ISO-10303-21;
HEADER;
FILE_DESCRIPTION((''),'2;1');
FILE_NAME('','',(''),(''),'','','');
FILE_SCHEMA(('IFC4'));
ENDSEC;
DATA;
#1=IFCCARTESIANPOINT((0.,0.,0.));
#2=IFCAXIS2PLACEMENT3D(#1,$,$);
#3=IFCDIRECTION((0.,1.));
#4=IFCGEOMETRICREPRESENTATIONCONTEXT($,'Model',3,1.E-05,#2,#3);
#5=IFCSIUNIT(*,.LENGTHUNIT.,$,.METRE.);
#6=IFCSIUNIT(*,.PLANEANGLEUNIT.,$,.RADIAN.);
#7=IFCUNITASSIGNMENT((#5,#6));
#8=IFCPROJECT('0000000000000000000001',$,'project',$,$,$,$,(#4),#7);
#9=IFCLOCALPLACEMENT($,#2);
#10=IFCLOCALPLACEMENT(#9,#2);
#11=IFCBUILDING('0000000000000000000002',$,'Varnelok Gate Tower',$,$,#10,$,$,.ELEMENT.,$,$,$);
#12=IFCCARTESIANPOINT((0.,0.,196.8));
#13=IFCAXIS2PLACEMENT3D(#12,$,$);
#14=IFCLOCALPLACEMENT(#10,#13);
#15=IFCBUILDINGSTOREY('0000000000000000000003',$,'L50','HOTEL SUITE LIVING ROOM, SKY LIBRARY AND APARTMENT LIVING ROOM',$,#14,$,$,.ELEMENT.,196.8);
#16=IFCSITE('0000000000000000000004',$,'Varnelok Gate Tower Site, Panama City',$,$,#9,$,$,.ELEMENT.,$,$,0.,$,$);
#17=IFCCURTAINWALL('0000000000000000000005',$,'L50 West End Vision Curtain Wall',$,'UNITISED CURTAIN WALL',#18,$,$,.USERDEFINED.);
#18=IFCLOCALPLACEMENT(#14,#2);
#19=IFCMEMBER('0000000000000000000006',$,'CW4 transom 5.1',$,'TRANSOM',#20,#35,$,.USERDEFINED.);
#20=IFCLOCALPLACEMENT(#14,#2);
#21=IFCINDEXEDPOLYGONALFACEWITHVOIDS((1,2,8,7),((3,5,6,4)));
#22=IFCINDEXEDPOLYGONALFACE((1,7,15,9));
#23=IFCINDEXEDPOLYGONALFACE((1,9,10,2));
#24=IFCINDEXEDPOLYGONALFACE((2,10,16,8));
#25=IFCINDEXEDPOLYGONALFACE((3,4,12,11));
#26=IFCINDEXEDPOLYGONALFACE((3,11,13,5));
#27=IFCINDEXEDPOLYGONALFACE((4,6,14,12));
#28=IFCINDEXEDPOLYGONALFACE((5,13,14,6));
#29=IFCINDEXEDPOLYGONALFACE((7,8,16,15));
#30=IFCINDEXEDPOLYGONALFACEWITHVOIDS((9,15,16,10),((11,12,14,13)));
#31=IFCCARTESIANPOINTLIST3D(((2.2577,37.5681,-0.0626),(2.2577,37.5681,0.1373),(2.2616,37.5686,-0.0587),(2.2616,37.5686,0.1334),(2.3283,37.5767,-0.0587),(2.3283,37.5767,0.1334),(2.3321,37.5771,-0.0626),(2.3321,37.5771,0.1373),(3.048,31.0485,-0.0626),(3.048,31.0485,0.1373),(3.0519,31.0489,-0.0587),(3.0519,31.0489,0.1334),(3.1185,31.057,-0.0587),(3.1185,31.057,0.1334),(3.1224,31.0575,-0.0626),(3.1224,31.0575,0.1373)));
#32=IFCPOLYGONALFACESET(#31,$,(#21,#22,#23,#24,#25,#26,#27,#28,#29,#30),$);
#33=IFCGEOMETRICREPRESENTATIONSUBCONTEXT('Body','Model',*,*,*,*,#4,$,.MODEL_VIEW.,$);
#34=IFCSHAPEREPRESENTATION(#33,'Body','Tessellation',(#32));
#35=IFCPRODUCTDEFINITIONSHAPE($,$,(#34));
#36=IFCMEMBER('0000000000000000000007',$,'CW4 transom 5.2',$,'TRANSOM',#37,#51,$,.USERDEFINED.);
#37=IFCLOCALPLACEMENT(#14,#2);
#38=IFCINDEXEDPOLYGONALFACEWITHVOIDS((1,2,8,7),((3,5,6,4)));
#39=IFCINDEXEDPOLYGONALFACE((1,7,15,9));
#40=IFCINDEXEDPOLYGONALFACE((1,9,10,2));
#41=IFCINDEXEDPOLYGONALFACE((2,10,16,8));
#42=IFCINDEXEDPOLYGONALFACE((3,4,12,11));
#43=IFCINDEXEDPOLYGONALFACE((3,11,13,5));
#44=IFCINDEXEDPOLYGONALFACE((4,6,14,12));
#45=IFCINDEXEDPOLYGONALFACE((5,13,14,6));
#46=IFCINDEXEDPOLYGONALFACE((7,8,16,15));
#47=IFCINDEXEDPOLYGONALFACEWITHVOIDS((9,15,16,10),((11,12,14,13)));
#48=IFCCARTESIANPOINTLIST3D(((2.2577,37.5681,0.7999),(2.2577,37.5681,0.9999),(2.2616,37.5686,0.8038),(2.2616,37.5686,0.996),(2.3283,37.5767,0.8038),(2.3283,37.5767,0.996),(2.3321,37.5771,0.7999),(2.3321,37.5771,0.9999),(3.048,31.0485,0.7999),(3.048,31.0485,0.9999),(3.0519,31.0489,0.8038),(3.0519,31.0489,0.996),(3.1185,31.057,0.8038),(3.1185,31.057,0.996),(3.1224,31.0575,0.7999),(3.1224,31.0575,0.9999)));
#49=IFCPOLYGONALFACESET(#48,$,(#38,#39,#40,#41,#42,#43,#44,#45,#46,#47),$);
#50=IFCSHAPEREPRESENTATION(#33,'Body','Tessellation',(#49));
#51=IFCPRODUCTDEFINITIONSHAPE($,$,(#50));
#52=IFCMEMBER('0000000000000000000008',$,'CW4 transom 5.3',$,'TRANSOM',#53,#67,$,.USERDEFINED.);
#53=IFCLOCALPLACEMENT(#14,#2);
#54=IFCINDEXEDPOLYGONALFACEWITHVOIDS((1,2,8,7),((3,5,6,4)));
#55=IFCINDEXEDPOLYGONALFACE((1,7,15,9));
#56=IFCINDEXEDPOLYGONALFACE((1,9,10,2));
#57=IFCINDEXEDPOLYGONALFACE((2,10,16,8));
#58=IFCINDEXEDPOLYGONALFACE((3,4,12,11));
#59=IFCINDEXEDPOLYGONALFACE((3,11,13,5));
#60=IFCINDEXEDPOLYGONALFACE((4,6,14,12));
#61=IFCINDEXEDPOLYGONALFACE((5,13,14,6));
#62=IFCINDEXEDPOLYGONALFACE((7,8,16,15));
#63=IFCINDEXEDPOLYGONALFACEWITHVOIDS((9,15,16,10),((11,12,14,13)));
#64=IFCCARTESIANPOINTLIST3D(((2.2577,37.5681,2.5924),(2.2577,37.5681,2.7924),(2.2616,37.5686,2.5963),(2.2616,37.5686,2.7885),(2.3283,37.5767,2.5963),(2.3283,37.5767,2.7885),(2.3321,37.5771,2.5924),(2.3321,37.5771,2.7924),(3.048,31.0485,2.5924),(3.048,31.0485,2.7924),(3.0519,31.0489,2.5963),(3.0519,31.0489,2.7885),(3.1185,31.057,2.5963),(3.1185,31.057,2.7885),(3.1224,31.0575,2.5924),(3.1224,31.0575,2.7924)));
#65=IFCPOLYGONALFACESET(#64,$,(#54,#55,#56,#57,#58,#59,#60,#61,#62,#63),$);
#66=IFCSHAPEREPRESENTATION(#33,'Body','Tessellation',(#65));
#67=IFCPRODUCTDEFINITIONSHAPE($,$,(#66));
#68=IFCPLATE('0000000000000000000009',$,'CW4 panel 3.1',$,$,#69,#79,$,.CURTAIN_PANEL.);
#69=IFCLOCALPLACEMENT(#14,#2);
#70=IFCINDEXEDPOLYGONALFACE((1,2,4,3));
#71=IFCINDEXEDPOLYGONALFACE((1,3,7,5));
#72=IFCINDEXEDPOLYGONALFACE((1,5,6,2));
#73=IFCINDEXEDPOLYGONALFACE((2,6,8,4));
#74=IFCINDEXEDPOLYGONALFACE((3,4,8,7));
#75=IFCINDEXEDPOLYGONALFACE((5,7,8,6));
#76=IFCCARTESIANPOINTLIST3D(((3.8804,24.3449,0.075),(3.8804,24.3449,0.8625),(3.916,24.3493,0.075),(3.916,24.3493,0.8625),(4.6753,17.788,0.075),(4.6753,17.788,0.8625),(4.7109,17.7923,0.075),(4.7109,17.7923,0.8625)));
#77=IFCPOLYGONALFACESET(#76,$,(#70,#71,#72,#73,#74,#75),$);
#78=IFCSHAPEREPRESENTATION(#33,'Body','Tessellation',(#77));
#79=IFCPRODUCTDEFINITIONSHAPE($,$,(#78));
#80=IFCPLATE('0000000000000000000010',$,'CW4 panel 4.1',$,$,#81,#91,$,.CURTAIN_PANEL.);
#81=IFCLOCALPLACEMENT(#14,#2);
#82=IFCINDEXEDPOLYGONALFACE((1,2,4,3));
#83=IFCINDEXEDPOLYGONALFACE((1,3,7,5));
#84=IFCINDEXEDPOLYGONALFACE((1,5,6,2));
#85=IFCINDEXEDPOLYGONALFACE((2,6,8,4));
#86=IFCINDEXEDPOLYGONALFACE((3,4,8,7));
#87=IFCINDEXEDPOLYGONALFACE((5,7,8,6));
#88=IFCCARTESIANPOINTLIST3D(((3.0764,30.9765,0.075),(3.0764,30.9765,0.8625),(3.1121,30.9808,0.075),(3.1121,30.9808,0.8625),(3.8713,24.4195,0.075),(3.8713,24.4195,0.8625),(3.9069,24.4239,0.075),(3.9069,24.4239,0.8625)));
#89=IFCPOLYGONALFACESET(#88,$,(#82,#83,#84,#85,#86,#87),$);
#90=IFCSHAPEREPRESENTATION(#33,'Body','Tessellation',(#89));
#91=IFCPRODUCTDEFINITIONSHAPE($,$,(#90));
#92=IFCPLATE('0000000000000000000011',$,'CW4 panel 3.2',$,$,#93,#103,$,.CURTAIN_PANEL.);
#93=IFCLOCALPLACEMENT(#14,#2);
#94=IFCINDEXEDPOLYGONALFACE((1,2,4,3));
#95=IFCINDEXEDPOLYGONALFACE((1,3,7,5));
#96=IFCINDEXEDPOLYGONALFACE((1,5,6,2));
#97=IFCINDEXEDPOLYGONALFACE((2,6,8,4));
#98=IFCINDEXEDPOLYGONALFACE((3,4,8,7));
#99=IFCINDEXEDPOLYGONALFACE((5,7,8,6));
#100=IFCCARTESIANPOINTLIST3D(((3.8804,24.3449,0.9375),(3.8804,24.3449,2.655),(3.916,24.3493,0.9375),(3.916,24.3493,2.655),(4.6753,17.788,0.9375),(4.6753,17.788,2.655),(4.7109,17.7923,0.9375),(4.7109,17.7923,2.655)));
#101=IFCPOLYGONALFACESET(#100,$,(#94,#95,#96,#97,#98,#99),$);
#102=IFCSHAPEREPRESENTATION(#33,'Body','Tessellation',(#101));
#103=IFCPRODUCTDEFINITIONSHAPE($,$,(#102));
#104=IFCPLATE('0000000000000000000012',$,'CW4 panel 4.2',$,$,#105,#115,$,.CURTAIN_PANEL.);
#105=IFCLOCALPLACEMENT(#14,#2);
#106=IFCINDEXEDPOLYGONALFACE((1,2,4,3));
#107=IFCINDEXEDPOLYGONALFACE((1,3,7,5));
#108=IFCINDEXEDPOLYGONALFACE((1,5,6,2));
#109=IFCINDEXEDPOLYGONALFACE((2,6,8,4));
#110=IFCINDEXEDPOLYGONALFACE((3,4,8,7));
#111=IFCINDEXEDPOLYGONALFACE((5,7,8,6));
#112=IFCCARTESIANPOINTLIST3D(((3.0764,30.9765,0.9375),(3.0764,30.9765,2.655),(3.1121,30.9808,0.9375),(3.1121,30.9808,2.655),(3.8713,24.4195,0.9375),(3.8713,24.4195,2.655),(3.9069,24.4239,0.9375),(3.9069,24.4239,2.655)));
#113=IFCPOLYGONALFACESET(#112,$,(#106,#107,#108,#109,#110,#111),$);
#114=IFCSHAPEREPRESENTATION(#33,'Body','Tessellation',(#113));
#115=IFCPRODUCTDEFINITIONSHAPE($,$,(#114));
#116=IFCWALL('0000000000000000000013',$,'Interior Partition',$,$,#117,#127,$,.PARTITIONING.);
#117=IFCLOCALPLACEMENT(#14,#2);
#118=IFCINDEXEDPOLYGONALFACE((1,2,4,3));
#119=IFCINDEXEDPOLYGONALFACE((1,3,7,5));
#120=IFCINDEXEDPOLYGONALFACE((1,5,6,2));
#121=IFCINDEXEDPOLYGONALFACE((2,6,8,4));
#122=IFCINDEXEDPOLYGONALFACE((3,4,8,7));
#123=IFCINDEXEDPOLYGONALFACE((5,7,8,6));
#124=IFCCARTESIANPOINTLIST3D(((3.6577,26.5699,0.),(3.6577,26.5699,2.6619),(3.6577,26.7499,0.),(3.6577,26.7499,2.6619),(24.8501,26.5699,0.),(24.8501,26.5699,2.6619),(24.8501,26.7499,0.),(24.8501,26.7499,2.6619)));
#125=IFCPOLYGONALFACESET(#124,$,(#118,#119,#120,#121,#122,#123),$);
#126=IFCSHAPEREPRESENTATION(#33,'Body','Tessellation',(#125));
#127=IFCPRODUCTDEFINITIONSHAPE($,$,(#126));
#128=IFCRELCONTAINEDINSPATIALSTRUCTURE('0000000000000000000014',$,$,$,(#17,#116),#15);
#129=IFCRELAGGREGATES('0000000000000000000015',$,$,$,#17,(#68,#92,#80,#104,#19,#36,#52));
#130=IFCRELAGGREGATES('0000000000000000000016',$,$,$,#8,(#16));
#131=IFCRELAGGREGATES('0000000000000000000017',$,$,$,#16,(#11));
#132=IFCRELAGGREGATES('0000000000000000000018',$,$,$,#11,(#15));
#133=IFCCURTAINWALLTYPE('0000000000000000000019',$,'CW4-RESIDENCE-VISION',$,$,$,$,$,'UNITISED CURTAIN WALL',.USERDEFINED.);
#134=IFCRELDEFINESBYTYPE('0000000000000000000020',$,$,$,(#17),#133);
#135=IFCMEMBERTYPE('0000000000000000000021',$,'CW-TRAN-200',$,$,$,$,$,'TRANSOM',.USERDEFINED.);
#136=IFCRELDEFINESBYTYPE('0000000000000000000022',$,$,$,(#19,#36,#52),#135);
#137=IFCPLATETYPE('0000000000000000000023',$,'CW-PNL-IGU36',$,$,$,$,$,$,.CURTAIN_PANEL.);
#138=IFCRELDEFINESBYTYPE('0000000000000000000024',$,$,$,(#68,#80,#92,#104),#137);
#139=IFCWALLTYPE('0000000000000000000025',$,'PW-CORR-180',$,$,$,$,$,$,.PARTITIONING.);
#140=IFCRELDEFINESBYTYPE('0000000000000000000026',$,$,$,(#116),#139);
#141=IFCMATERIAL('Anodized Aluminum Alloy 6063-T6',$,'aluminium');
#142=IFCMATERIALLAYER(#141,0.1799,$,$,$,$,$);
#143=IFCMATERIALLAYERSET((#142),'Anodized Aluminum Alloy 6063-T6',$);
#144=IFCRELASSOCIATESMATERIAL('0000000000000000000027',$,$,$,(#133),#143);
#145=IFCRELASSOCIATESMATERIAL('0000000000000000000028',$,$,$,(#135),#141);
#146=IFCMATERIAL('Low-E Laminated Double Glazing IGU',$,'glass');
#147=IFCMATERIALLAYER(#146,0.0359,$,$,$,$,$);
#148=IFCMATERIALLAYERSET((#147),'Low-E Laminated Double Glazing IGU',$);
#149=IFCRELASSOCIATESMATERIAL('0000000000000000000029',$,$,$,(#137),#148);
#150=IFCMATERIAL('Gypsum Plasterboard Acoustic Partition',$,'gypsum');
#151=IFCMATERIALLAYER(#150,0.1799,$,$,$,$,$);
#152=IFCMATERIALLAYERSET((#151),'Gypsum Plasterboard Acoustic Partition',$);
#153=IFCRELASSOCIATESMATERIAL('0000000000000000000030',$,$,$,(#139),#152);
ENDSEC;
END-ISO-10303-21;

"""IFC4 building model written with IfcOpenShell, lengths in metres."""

from ifc_helpers import new_model, si_unit, direction, frame, frame_2d, origin, origin_2d, place, context, subcontext, project, spatial, rectangle, hollow_rectangle, extrude, source, transform, mapped, material, layer, layer_set, material_profile, profile_set, type_object, element, aggregate, save


model = new_model("IFC4")

# Units and contexts
model_context = context("Model", 3, precision=1e-05, world=origin(), true_north=direction((0.0, 1.0)))
body_context = subcontext(model_context, "Body", "Model", "MODEL_VIEW")
ifc_project = project(units=[si_unit("LENGTHUNIT", "METRE"), si_unit("PLANEANGLEUNIT", "RADIAN")], contexts=[model_context])

# Site, building, storey
site_placement = place(None, origin())
site = spatial("IfcSite", under=ifc_project, at=site_placement, Name="Varnelok Gate Tower Site, Panama City", CompositionType="ELEMENT", RefElevation=0.0)
building_placement = place(site_placement, origin())
building = spatial("IfcBuilding", under=site, at=building_placement, Name="Varnelok Gate Tower", CompositionType="ELEMENT")
storey_placement = place(building_placement, frame((0.0, 0.0, 196.8)))
storey = spatial("IfcBuildingStorey", under=building, at=storey_placement, Name="L50", Description="HOTEL SUITE LIVING ROOM, SKY LIBRARY AND APARTMENT LIVING ROOM", CompositionType="ELEMENT", Elevation=196.8)

# Curtain wall, members, plates
ifc_material_1 = material(Name="Anodized Aluminum Alloy 6063-T6", Category="aluminium")
ifc_layer_1 = layer(ifc_material_1, 0.1799)
ifc_layer_set_1 = layer_set([ifc_layer_1], Name="Anodized Aluminum Alloy 6063-T6")
curtain_wall_type = type_object("IfcCurtainWallType", Name="CW4-RESIDENCE-VISION", ElementType="UNITISED CURTAIN WALL", PredefinedType="USERDEFINED", material=ifc_layer_set_1)
curtain_wall_placement = place(storey_placement, origin())
curtain_wall = element("IfcCurtainWall", 1, at=curtain_wall_placement, inside=storey, type_object=curtain_wall_type, Name="L50 West End Vision Curtain Wall", ObjectType="UNITISED CURTAIN WALL", PredefinedType="USERDEFINED")
ifc_material_profile_1 = material_profile(ifc_material_1, hollow_rectangle(XDim=0.075, YDim=0.2, WallThickness=0.0039, at=origin_2d()), Name="ALU200X75X4")
ifc_profile_set_1 = profile_set([ifc_material_profile_1], Name="Anodized Aluminum Alloy 6063-T6")
member_type_1 = type_object("IfcMemberType", Name="CW-TRAN-200", ElementType="TRANSOM", PredefinedType="USERDEFINED", material=ifc_profile_set_1)
member_1_placement = place(storey_placement, frame((3.0852, 31.053, 0.0374), z_axis=(-0.120332, 0.992734, 0.0), x_axis=(-0.992734, -0.120332, 0.0)))
member_1 = element("IfcMember", 2, at=member_1_placement, type_object=member_type_1, Name="CW4 transom 5.1", ObjectType="TRANSOM", PredefinedType="USERDEFINED", context=body_context, shape_type="SweptSolid", body=[
    extrude(hollow_rectangle(XDim=0.075, YDim=0.2, WallThickness=0.0039, at=origin_2d()), origin(), (0.0, 0.0, 1.0), 6.5674),
])
member_2_placement = place(storey_placement, frame((3.0852, 31.053, 0.8999), z_axis=(-0.120332, 0.992734, 0.0), x_axis=(-0.992734, -0.120332, 0.0)))
member_2 = element("IfcMember", 3, at=member_2_placement, type_object=member_type_1, Name="CW4 transom 5.2", ObjectType="TRANSOM", PredefinedType="USERDEFINED", context=body_context, shape_type="SweptSolid", body=[
    extrude(hollow_rectangle(XDim=0.075, YDim=0.2, WallThickness=0.0039, at=origin_2d()), origin(), (0.0, 0.0, 1.0), 6.5674),
])
member_3_placement = place(storey_placement, frame((3.0852, 31.053, 2.6924), z_axis=(-0.120332, 0.992734, 0.0), x_axis=(-0.992734, -0.120332, 0.0)))
member_3 = element("IfcMember", 4, at=member_3_placement, type_object=member_type_1, Name="CW4 transom 5.3", ObjectType="TRANSOM", PredefinedType="USERDEFINED", context=body_context, shape_type="SweptSolid", body=[
    extrude(hollow_rectangle(XDim=0.075, YDim=0.2, WallThickness=0.0039, at=origin_2d()), origin(), (0.0, 0.0, 1.0), 6.5674),
])
ifc_material_2 = material(Name="Low-E Laminated Double Glazing IGU", Category="glass")
ifc_layer_2 = layer(ifc_material_2, 0.0359)
ifc_layer_set_2 = layer_set([ifc_layer_2], Name="Low-E Laminated Double Glazing IGU")
plate_type = type_object("IfcPlateType", Name="CW-PNL-IGU36", PredefinedType="CURTAIN_PANEL", material=ifc_layer_set_2)
shared_shape_1 = source(origin(), body_context, "Body", "SweptSolid", [
    extrude(rectangle(XDim=6.605, YDim=0.0359, at=origin_2d()), origin(), (0.0, 0.0, 1.0), 0.7876),
])
plate_1_placement = place(storey_placement, frame((4.2957, 21.0686, 0.075), z_axis=(0.0, 0.0, 1.0), x_axis=(-0.120345, 0.992732, 0.0)))
plate_1 = element("IfcPlate", 5, at=plate_1_placement, type_object=plate_type, Name="CW4 panel 3.1", PredefinedType="CURTAIN_PANEL", context=body_context, shape_type="MappedRepresentation", body=[
    mapped(shared_shape_1, transform((0.0, 0.0, 0.0), scale=1.0)),
])
plate_2_placement = place(storey_placement, frame((3.4917, 27.7002, 0.075), z_axis=(0.0, 0.0, 1.0), x_axis=(-0.120345, 0.992732, 0.0)))
plate_2 = element("IfcPlate", 6, at=plate_2_placement, type_object=plate_type, Name="CW4 panel 4.1", PredefinedType="CURTAIN_PANEL", context=body_context, shape_type="MappedRepresentation", body=[
    mapped(shared_shape_1, transform((0.0, 0.0, 0.0), scale=1.0)),
])
shared_shape_2 = source(origin(), body_context, "Body", "SweptSolid", [
    extrude(rectangle(XDim=6.605, YDim=0.0359, at=origin_2d()), origin(), (0.0, 0.0, 1.0), 1.7175),
])
plate_3_placement = place(storey_placement, frame((4.2957, 21.0686, 0.9375), z_axis=(0.0, 0.0, 1.0), x_axis=(-0.120345, 0.992732, 0.0)))
plate_3 = element("IfcPlate", 7, at=plate_3_placement, type_object=plate_type, Name="CW4 panel 3.2", PredefinedType="CURTAIN_PANEL", context=body_context, shape_type="MappedRepresentation", body=[
    mapped(shared_shape_2, transform((0.0, 0.0, 0.0), scale=1.0)),
])
plate_4_placement = place(storey_placement, frame((3.4917, 27.7002, 0.9375), z_axis=(0.0, 0.0, 1.0), x_axis=(-0.120345, 0.992732, 0.0)))
plate_4 = element("IfcPlate", 8, at=plate_4_placement, type_object=plate_type, Name="CW4 panel 4.2", PredefinedType="CURTAIN_PANEL", context=body_context, shape_type="MappedRepresentation", body=[
    mapped(shared_shape_2, transform((0.0, 0.0, 0.0), scale=1.0)),
])
aggregate(curtain_wall, [plate_1, plate_3, plate_2, plate_4, member_1, member_2, member_3])

# Wall
ifc_material_3 = material(Name="Gypsum Plasterboard Acoustic Partition", Category="gypsum")
ifc_layer_3 = layer(ifc_material_3, 0.1799)
ifc_layer_set_3 = layer_set([ifc_layer_3], Name="Gypsum Plasterboard Acoustic Partition")
wall_type = type_object("IfcWallType", Name="PW-CORR-180", PredefinedType="PARTITIONING", material=ifc_layer_set_3)
wall_placement = place(storey_placement, frame((3.6577, 26.6599, 0.0), z_axis=(0.0, 0.0, 1.0), x_axis=(1.0, 0.0, 0.0)))
element("IfcWall", 9, at=wall_placement, inside=storey, type_object=wall_type, Name="Interior Partition", PredefinedType="PARTITIONING", context=body_context, shape_type="SweptSolid", body=[
    extrude(rectangle(XDim=21.1924, YDim=0.1799, at=frame_2d((10.5962, 0.0))), origin(), (0.0, 0.0, 1.0), 2.6619),
])

save(model, "model.ifc")
